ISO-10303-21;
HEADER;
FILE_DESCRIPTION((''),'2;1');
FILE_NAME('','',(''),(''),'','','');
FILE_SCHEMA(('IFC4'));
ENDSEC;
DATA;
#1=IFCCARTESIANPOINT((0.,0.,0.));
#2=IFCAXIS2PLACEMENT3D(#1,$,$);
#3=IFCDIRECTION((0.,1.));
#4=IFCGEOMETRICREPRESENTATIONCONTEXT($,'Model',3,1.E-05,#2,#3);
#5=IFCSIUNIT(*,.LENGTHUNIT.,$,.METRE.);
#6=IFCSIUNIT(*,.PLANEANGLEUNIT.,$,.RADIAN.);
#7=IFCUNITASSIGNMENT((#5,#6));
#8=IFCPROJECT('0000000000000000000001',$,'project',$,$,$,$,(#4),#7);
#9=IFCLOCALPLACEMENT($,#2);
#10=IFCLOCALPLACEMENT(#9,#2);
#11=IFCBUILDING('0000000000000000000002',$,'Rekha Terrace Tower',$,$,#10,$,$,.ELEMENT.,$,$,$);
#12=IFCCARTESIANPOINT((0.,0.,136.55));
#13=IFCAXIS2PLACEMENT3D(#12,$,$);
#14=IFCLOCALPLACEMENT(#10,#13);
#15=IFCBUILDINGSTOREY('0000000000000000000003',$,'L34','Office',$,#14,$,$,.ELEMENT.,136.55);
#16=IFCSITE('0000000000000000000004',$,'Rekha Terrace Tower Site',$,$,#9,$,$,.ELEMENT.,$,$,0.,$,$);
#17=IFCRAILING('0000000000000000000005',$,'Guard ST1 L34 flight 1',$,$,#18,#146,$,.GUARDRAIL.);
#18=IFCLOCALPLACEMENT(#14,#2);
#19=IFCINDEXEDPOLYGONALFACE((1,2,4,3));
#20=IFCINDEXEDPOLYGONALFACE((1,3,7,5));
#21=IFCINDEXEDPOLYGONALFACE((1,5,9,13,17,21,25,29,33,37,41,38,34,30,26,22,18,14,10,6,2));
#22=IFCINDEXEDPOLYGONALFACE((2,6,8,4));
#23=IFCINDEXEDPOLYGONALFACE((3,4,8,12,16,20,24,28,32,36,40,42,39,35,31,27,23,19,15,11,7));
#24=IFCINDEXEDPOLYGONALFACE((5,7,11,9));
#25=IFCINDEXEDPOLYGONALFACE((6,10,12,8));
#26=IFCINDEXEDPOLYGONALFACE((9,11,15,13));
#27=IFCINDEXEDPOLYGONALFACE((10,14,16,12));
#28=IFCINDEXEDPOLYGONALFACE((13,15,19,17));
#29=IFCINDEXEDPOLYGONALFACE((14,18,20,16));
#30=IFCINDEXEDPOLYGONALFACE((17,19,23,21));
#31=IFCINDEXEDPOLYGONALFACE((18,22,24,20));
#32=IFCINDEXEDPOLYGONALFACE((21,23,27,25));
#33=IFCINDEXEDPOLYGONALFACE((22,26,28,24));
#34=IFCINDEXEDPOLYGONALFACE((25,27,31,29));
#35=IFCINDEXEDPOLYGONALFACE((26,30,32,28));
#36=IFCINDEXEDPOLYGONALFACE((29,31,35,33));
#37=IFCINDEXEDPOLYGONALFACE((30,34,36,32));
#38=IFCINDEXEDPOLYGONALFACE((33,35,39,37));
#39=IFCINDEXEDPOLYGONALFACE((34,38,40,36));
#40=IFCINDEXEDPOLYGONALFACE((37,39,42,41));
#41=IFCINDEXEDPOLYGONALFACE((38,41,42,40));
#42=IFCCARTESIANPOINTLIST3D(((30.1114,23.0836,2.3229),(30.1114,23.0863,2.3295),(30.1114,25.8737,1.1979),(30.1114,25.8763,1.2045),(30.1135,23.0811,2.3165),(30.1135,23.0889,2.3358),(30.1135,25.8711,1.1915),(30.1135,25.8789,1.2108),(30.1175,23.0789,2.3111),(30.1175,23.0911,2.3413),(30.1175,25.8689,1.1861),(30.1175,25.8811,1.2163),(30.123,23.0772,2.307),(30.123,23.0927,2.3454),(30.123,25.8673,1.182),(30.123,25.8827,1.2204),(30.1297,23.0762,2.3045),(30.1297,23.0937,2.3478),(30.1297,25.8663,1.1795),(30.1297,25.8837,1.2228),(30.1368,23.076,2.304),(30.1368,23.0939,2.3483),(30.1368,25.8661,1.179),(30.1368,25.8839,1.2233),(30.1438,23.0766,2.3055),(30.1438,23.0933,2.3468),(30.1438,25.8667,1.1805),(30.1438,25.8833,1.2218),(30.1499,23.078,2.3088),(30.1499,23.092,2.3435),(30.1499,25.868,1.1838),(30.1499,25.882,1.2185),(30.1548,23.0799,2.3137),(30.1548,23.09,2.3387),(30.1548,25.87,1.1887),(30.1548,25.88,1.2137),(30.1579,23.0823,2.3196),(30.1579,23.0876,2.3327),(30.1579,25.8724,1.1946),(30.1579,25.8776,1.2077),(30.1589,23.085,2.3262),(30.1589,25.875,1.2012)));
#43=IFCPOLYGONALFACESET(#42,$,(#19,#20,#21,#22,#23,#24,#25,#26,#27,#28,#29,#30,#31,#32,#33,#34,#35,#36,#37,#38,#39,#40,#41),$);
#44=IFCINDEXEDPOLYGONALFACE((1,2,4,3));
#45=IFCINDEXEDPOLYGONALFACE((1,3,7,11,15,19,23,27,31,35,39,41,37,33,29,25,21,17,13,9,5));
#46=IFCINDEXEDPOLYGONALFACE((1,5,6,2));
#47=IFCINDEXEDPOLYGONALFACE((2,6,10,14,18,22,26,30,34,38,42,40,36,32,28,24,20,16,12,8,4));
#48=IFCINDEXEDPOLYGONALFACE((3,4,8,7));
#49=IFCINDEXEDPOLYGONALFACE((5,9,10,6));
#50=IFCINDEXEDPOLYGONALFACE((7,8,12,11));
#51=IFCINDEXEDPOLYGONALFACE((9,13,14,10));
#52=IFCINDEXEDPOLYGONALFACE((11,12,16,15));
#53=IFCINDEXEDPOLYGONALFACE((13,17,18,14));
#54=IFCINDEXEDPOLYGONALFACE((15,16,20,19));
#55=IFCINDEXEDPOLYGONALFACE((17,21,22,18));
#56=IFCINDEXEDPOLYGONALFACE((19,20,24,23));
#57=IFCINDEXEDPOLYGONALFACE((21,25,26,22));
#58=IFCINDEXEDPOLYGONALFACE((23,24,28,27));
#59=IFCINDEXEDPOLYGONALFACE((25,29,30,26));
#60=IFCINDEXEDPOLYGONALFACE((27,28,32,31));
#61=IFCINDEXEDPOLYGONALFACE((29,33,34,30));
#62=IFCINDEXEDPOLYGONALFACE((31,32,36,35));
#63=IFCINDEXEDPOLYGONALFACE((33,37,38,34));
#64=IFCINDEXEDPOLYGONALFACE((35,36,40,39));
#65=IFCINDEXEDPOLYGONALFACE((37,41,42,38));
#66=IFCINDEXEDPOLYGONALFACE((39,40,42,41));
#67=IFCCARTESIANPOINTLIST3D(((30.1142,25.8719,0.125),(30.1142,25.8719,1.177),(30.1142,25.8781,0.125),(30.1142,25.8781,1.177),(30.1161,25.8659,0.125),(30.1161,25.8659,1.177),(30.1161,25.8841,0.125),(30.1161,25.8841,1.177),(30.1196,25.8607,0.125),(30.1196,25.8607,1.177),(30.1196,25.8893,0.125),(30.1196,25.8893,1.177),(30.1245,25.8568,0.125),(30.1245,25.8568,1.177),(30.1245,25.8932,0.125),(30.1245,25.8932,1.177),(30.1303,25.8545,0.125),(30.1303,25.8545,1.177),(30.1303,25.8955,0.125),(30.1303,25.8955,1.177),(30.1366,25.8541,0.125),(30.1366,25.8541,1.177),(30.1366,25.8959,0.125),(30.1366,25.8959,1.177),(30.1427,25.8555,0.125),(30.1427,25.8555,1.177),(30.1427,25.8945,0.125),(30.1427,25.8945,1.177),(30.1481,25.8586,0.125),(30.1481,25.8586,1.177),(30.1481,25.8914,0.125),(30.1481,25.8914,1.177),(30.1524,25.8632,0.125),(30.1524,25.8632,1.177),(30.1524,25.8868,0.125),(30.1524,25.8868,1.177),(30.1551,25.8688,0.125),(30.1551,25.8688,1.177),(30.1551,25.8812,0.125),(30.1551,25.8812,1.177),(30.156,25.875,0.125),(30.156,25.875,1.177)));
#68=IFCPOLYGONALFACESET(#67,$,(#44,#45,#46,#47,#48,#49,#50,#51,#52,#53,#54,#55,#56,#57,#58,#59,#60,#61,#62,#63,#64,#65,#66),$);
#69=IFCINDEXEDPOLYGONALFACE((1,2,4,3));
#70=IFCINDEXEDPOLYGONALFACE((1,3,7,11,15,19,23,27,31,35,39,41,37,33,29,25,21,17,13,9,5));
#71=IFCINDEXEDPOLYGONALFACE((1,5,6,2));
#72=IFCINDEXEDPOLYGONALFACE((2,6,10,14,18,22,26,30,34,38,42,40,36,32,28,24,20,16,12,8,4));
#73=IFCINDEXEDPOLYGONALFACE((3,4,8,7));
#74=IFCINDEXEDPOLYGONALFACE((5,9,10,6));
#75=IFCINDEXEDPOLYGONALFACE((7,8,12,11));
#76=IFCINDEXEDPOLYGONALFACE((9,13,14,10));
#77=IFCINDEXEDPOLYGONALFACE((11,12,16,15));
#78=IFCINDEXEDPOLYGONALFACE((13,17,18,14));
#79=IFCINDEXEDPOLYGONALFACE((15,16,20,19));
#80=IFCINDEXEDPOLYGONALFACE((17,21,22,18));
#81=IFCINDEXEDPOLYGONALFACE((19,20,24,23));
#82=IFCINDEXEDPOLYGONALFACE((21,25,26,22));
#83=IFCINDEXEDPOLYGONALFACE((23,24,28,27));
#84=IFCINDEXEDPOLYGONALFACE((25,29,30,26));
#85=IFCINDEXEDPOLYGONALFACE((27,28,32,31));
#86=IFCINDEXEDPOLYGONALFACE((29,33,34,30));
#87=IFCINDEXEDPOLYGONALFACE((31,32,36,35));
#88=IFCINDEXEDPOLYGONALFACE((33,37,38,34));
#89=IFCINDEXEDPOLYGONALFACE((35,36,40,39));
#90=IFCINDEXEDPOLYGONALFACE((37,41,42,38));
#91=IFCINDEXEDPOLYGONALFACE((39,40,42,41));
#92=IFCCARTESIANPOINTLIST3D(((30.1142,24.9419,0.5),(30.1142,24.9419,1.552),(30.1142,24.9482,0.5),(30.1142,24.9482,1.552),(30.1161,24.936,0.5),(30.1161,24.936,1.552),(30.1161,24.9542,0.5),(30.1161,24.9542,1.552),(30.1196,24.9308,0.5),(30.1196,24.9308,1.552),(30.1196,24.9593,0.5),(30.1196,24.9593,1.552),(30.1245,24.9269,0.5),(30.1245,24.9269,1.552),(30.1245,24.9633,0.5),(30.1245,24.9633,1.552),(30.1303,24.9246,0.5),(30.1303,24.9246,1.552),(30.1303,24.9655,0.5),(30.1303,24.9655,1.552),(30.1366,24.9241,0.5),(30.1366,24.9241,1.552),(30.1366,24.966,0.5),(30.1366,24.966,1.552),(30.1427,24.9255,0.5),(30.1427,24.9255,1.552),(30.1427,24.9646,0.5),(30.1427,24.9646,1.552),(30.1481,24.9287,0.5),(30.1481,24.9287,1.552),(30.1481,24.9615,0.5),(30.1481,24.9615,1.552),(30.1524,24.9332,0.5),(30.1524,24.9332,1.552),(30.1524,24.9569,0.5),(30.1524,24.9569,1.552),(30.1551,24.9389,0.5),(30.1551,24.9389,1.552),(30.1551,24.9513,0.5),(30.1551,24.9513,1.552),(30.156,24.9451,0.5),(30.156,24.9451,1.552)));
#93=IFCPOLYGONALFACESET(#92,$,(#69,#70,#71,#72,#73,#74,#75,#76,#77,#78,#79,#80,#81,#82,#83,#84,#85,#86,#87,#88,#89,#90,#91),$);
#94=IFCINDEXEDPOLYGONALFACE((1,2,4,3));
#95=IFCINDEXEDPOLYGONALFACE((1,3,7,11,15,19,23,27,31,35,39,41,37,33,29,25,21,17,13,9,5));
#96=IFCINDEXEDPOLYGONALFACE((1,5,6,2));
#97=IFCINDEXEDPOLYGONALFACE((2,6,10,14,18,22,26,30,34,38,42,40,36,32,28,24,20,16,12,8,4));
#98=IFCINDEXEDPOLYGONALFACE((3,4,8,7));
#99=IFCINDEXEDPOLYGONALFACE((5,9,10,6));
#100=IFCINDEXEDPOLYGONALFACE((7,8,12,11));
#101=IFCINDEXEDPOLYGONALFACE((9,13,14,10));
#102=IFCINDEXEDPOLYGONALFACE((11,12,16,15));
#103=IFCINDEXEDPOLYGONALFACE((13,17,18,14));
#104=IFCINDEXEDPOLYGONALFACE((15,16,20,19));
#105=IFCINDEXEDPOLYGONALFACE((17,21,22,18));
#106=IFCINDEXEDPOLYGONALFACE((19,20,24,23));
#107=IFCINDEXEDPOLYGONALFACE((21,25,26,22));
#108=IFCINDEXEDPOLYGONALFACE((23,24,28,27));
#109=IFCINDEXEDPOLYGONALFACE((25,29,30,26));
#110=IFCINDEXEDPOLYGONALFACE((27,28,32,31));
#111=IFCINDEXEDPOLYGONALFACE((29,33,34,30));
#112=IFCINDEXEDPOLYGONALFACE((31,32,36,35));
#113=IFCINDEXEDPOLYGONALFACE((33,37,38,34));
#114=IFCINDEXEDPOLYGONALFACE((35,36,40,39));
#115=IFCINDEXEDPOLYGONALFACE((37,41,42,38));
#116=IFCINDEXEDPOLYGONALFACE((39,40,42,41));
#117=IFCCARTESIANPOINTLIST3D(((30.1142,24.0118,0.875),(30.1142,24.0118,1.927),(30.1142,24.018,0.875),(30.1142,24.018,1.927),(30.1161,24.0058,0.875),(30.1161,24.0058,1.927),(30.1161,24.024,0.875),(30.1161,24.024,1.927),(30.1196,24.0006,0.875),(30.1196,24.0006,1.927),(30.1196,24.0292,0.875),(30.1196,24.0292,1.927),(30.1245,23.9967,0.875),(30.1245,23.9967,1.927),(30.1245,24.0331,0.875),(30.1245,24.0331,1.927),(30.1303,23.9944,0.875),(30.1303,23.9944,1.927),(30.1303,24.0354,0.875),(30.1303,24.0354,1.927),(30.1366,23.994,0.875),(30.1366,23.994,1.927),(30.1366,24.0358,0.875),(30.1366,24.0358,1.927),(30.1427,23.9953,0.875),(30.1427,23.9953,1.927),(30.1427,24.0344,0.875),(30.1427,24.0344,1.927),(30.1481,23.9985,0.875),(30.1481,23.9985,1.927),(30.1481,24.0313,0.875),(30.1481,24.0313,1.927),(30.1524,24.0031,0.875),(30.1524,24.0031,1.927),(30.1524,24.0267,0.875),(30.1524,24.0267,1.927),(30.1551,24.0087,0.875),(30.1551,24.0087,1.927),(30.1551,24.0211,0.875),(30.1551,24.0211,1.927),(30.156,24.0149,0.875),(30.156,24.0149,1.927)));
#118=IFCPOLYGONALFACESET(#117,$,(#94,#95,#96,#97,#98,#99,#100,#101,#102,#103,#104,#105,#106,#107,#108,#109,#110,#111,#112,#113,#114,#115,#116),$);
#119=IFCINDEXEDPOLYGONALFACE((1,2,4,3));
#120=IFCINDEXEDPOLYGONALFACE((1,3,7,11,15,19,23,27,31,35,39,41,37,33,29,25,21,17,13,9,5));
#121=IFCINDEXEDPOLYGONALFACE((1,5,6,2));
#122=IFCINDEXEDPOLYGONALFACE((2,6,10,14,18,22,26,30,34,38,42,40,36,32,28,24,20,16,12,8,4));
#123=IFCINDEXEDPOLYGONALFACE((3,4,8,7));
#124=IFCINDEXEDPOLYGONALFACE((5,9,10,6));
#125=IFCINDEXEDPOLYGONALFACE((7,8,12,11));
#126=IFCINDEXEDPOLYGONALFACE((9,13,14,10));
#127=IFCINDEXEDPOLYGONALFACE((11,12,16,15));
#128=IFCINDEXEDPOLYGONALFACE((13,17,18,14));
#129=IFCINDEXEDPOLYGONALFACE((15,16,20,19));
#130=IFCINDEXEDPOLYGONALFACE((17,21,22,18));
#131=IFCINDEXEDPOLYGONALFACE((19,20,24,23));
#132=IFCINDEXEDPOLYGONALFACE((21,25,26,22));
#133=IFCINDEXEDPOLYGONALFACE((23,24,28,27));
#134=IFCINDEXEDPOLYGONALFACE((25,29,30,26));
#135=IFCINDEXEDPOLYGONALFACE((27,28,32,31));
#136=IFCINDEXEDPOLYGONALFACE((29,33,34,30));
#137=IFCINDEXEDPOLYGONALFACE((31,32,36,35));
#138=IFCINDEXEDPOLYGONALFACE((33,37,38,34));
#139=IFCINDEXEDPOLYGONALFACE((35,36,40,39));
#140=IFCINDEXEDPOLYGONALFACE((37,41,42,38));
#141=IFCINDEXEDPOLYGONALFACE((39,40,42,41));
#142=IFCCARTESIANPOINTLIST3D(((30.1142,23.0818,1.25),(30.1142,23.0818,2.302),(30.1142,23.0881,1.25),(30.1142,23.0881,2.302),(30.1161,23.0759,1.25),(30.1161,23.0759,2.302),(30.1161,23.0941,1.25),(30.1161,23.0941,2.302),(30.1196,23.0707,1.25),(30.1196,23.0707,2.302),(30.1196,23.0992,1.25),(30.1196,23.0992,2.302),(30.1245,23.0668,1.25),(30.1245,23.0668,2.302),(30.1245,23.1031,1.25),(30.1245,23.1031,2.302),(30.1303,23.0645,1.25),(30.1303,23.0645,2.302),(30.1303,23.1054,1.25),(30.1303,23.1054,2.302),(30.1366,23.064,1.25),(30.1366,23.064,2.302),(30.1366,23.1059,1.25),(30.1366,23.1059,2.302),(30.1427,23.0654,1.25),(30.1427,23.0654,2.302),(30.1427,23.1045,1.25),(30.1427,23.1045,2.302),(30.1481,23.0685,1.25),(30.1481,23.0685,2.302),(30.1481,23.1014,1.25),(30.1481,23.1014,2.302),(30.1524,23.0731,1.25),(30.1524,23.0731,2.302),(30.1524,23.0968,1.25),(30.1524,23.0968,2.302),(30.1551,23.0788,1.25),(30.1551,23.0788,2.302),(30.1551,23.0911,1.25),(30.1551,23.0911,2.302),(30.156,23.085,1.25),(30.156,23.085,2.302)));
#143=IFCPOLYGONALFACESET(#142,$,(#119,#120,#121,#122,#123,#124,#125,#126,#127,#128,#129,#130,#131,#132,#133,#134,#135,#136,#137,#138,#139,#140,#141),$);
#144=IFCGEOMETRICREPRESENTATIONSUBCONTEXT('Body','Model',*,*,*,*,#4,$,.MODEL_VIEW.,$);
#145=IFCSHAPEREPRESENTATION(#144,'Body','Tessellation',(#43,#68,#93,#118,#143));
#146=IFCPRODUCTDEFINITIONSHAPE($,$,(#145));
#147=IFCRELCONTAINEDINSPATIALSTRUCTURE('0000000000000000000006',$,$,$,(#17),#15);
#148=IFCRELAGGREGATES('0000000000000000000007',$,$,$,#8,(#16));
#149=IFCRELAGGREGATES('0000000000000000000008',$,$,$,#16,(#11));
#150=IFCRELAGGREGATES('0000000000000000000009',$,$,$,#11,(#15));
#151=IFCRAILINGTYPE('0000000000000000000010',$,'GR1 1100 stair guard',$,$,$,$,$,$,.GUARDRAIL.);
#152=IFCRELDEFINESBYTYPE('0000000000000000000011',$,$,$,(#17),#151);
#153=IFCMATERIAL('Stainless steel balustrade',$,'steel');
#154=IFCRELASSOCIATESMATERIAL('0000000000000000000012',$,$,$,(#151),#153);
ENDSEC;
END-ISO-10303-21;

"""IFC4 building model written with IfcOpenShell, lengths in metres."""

from ifc_helpers import new_model, si_unit, direction, frame, origin, origin_2d, place, context, subcontext, project, spatial, circle, extrude, material, type_object, element, save


model = new_model("IFC4")

# Units and contexts
model_context = context("Model", 3, precision=1e-05, world=origin(), true_north=direction((0.0, 1.0)))
body_context = subcontext(model_context, "Body", "Model", "MODEL_VIEW")
ifc_project = project(units=[si_unit("LENGTHUNIT", "METRE"), si_unit("PLANEANGLEUNIT", "RADIAN")], contexts=[model_context])

# Site, building, storey
site_placement = place(None, origin())
site = spatial("IfcSite", under=ifc_project, at=site_placement, Name="Rekha Terrace Tower Site", CompositionType="ELEMENT", RefElevation=0.0)
building_placement = place(site_placement, origin())
building = spatial("IfcBuilding", under=site, at=building_placement, Name="Rekha Terrace Tower", CompositionType="ELEMENT")
storey_placement = place(building_placement, frame((0.0, 0.0, 136.55)))
storey = spatial("IfcBuildingStorey", under=building, at=storey_placement, Name="L34", Description="Office", CompositionType="ELEMENT", Elevation=136.55)

# Railing
ifc_material_1 = material(Name="Stainless steel balustrade", Category="steel")
railing_type_1 = type_object("IfcRailingType", Name="GR1 1100 stair guard", PredefinedType="GUARDRAIL", material=ifc_material_1)
railing_1_placement = place(storey_placement, frame((30.135, 25.875, 0.125)))
element("IfcRailing", 1, at=railing_1_placement, inside=storey, type_object=railing_type_1, Name="Guard ST1 L34 flight 1", PredefinedType="GUARDRAIL", context=body_context, shape_type="SweptSolid", body=[
    extrude(circle(Radius=0.0239, at=origin_2d()), frame((0.0, 0.0, 1.0762), z_axis=(0.0, -0.927443, 0.373964), x_axis=(1.0, 0.0, 0.0)), (0.0, 0.0, 1.0), 3.0083),
    extrude(circle(Radius=0.021, at=origin_2d()), origin(), (0.0, 0.0, 1.0), 1.052),
    extrude(circle(Radius=0.021, at=origin_2d()), frame((0.0, -0.9299, 0.375)), (0.0, 0.0, 1.0), 1.052),
    extrude(circle(Radius=0.021, at=origin_2d()), frame((0.0, -1.8601, 0.75)), (0.0, 0.0, 1.0), 1.052),
    extrude(circle(Radius=0.021, at=origin_2d()), frame((0.0, -2.79, 1.125)), (0.0, 0.0, 1.0), 1.052),
])

save(model, "model.ifc")
